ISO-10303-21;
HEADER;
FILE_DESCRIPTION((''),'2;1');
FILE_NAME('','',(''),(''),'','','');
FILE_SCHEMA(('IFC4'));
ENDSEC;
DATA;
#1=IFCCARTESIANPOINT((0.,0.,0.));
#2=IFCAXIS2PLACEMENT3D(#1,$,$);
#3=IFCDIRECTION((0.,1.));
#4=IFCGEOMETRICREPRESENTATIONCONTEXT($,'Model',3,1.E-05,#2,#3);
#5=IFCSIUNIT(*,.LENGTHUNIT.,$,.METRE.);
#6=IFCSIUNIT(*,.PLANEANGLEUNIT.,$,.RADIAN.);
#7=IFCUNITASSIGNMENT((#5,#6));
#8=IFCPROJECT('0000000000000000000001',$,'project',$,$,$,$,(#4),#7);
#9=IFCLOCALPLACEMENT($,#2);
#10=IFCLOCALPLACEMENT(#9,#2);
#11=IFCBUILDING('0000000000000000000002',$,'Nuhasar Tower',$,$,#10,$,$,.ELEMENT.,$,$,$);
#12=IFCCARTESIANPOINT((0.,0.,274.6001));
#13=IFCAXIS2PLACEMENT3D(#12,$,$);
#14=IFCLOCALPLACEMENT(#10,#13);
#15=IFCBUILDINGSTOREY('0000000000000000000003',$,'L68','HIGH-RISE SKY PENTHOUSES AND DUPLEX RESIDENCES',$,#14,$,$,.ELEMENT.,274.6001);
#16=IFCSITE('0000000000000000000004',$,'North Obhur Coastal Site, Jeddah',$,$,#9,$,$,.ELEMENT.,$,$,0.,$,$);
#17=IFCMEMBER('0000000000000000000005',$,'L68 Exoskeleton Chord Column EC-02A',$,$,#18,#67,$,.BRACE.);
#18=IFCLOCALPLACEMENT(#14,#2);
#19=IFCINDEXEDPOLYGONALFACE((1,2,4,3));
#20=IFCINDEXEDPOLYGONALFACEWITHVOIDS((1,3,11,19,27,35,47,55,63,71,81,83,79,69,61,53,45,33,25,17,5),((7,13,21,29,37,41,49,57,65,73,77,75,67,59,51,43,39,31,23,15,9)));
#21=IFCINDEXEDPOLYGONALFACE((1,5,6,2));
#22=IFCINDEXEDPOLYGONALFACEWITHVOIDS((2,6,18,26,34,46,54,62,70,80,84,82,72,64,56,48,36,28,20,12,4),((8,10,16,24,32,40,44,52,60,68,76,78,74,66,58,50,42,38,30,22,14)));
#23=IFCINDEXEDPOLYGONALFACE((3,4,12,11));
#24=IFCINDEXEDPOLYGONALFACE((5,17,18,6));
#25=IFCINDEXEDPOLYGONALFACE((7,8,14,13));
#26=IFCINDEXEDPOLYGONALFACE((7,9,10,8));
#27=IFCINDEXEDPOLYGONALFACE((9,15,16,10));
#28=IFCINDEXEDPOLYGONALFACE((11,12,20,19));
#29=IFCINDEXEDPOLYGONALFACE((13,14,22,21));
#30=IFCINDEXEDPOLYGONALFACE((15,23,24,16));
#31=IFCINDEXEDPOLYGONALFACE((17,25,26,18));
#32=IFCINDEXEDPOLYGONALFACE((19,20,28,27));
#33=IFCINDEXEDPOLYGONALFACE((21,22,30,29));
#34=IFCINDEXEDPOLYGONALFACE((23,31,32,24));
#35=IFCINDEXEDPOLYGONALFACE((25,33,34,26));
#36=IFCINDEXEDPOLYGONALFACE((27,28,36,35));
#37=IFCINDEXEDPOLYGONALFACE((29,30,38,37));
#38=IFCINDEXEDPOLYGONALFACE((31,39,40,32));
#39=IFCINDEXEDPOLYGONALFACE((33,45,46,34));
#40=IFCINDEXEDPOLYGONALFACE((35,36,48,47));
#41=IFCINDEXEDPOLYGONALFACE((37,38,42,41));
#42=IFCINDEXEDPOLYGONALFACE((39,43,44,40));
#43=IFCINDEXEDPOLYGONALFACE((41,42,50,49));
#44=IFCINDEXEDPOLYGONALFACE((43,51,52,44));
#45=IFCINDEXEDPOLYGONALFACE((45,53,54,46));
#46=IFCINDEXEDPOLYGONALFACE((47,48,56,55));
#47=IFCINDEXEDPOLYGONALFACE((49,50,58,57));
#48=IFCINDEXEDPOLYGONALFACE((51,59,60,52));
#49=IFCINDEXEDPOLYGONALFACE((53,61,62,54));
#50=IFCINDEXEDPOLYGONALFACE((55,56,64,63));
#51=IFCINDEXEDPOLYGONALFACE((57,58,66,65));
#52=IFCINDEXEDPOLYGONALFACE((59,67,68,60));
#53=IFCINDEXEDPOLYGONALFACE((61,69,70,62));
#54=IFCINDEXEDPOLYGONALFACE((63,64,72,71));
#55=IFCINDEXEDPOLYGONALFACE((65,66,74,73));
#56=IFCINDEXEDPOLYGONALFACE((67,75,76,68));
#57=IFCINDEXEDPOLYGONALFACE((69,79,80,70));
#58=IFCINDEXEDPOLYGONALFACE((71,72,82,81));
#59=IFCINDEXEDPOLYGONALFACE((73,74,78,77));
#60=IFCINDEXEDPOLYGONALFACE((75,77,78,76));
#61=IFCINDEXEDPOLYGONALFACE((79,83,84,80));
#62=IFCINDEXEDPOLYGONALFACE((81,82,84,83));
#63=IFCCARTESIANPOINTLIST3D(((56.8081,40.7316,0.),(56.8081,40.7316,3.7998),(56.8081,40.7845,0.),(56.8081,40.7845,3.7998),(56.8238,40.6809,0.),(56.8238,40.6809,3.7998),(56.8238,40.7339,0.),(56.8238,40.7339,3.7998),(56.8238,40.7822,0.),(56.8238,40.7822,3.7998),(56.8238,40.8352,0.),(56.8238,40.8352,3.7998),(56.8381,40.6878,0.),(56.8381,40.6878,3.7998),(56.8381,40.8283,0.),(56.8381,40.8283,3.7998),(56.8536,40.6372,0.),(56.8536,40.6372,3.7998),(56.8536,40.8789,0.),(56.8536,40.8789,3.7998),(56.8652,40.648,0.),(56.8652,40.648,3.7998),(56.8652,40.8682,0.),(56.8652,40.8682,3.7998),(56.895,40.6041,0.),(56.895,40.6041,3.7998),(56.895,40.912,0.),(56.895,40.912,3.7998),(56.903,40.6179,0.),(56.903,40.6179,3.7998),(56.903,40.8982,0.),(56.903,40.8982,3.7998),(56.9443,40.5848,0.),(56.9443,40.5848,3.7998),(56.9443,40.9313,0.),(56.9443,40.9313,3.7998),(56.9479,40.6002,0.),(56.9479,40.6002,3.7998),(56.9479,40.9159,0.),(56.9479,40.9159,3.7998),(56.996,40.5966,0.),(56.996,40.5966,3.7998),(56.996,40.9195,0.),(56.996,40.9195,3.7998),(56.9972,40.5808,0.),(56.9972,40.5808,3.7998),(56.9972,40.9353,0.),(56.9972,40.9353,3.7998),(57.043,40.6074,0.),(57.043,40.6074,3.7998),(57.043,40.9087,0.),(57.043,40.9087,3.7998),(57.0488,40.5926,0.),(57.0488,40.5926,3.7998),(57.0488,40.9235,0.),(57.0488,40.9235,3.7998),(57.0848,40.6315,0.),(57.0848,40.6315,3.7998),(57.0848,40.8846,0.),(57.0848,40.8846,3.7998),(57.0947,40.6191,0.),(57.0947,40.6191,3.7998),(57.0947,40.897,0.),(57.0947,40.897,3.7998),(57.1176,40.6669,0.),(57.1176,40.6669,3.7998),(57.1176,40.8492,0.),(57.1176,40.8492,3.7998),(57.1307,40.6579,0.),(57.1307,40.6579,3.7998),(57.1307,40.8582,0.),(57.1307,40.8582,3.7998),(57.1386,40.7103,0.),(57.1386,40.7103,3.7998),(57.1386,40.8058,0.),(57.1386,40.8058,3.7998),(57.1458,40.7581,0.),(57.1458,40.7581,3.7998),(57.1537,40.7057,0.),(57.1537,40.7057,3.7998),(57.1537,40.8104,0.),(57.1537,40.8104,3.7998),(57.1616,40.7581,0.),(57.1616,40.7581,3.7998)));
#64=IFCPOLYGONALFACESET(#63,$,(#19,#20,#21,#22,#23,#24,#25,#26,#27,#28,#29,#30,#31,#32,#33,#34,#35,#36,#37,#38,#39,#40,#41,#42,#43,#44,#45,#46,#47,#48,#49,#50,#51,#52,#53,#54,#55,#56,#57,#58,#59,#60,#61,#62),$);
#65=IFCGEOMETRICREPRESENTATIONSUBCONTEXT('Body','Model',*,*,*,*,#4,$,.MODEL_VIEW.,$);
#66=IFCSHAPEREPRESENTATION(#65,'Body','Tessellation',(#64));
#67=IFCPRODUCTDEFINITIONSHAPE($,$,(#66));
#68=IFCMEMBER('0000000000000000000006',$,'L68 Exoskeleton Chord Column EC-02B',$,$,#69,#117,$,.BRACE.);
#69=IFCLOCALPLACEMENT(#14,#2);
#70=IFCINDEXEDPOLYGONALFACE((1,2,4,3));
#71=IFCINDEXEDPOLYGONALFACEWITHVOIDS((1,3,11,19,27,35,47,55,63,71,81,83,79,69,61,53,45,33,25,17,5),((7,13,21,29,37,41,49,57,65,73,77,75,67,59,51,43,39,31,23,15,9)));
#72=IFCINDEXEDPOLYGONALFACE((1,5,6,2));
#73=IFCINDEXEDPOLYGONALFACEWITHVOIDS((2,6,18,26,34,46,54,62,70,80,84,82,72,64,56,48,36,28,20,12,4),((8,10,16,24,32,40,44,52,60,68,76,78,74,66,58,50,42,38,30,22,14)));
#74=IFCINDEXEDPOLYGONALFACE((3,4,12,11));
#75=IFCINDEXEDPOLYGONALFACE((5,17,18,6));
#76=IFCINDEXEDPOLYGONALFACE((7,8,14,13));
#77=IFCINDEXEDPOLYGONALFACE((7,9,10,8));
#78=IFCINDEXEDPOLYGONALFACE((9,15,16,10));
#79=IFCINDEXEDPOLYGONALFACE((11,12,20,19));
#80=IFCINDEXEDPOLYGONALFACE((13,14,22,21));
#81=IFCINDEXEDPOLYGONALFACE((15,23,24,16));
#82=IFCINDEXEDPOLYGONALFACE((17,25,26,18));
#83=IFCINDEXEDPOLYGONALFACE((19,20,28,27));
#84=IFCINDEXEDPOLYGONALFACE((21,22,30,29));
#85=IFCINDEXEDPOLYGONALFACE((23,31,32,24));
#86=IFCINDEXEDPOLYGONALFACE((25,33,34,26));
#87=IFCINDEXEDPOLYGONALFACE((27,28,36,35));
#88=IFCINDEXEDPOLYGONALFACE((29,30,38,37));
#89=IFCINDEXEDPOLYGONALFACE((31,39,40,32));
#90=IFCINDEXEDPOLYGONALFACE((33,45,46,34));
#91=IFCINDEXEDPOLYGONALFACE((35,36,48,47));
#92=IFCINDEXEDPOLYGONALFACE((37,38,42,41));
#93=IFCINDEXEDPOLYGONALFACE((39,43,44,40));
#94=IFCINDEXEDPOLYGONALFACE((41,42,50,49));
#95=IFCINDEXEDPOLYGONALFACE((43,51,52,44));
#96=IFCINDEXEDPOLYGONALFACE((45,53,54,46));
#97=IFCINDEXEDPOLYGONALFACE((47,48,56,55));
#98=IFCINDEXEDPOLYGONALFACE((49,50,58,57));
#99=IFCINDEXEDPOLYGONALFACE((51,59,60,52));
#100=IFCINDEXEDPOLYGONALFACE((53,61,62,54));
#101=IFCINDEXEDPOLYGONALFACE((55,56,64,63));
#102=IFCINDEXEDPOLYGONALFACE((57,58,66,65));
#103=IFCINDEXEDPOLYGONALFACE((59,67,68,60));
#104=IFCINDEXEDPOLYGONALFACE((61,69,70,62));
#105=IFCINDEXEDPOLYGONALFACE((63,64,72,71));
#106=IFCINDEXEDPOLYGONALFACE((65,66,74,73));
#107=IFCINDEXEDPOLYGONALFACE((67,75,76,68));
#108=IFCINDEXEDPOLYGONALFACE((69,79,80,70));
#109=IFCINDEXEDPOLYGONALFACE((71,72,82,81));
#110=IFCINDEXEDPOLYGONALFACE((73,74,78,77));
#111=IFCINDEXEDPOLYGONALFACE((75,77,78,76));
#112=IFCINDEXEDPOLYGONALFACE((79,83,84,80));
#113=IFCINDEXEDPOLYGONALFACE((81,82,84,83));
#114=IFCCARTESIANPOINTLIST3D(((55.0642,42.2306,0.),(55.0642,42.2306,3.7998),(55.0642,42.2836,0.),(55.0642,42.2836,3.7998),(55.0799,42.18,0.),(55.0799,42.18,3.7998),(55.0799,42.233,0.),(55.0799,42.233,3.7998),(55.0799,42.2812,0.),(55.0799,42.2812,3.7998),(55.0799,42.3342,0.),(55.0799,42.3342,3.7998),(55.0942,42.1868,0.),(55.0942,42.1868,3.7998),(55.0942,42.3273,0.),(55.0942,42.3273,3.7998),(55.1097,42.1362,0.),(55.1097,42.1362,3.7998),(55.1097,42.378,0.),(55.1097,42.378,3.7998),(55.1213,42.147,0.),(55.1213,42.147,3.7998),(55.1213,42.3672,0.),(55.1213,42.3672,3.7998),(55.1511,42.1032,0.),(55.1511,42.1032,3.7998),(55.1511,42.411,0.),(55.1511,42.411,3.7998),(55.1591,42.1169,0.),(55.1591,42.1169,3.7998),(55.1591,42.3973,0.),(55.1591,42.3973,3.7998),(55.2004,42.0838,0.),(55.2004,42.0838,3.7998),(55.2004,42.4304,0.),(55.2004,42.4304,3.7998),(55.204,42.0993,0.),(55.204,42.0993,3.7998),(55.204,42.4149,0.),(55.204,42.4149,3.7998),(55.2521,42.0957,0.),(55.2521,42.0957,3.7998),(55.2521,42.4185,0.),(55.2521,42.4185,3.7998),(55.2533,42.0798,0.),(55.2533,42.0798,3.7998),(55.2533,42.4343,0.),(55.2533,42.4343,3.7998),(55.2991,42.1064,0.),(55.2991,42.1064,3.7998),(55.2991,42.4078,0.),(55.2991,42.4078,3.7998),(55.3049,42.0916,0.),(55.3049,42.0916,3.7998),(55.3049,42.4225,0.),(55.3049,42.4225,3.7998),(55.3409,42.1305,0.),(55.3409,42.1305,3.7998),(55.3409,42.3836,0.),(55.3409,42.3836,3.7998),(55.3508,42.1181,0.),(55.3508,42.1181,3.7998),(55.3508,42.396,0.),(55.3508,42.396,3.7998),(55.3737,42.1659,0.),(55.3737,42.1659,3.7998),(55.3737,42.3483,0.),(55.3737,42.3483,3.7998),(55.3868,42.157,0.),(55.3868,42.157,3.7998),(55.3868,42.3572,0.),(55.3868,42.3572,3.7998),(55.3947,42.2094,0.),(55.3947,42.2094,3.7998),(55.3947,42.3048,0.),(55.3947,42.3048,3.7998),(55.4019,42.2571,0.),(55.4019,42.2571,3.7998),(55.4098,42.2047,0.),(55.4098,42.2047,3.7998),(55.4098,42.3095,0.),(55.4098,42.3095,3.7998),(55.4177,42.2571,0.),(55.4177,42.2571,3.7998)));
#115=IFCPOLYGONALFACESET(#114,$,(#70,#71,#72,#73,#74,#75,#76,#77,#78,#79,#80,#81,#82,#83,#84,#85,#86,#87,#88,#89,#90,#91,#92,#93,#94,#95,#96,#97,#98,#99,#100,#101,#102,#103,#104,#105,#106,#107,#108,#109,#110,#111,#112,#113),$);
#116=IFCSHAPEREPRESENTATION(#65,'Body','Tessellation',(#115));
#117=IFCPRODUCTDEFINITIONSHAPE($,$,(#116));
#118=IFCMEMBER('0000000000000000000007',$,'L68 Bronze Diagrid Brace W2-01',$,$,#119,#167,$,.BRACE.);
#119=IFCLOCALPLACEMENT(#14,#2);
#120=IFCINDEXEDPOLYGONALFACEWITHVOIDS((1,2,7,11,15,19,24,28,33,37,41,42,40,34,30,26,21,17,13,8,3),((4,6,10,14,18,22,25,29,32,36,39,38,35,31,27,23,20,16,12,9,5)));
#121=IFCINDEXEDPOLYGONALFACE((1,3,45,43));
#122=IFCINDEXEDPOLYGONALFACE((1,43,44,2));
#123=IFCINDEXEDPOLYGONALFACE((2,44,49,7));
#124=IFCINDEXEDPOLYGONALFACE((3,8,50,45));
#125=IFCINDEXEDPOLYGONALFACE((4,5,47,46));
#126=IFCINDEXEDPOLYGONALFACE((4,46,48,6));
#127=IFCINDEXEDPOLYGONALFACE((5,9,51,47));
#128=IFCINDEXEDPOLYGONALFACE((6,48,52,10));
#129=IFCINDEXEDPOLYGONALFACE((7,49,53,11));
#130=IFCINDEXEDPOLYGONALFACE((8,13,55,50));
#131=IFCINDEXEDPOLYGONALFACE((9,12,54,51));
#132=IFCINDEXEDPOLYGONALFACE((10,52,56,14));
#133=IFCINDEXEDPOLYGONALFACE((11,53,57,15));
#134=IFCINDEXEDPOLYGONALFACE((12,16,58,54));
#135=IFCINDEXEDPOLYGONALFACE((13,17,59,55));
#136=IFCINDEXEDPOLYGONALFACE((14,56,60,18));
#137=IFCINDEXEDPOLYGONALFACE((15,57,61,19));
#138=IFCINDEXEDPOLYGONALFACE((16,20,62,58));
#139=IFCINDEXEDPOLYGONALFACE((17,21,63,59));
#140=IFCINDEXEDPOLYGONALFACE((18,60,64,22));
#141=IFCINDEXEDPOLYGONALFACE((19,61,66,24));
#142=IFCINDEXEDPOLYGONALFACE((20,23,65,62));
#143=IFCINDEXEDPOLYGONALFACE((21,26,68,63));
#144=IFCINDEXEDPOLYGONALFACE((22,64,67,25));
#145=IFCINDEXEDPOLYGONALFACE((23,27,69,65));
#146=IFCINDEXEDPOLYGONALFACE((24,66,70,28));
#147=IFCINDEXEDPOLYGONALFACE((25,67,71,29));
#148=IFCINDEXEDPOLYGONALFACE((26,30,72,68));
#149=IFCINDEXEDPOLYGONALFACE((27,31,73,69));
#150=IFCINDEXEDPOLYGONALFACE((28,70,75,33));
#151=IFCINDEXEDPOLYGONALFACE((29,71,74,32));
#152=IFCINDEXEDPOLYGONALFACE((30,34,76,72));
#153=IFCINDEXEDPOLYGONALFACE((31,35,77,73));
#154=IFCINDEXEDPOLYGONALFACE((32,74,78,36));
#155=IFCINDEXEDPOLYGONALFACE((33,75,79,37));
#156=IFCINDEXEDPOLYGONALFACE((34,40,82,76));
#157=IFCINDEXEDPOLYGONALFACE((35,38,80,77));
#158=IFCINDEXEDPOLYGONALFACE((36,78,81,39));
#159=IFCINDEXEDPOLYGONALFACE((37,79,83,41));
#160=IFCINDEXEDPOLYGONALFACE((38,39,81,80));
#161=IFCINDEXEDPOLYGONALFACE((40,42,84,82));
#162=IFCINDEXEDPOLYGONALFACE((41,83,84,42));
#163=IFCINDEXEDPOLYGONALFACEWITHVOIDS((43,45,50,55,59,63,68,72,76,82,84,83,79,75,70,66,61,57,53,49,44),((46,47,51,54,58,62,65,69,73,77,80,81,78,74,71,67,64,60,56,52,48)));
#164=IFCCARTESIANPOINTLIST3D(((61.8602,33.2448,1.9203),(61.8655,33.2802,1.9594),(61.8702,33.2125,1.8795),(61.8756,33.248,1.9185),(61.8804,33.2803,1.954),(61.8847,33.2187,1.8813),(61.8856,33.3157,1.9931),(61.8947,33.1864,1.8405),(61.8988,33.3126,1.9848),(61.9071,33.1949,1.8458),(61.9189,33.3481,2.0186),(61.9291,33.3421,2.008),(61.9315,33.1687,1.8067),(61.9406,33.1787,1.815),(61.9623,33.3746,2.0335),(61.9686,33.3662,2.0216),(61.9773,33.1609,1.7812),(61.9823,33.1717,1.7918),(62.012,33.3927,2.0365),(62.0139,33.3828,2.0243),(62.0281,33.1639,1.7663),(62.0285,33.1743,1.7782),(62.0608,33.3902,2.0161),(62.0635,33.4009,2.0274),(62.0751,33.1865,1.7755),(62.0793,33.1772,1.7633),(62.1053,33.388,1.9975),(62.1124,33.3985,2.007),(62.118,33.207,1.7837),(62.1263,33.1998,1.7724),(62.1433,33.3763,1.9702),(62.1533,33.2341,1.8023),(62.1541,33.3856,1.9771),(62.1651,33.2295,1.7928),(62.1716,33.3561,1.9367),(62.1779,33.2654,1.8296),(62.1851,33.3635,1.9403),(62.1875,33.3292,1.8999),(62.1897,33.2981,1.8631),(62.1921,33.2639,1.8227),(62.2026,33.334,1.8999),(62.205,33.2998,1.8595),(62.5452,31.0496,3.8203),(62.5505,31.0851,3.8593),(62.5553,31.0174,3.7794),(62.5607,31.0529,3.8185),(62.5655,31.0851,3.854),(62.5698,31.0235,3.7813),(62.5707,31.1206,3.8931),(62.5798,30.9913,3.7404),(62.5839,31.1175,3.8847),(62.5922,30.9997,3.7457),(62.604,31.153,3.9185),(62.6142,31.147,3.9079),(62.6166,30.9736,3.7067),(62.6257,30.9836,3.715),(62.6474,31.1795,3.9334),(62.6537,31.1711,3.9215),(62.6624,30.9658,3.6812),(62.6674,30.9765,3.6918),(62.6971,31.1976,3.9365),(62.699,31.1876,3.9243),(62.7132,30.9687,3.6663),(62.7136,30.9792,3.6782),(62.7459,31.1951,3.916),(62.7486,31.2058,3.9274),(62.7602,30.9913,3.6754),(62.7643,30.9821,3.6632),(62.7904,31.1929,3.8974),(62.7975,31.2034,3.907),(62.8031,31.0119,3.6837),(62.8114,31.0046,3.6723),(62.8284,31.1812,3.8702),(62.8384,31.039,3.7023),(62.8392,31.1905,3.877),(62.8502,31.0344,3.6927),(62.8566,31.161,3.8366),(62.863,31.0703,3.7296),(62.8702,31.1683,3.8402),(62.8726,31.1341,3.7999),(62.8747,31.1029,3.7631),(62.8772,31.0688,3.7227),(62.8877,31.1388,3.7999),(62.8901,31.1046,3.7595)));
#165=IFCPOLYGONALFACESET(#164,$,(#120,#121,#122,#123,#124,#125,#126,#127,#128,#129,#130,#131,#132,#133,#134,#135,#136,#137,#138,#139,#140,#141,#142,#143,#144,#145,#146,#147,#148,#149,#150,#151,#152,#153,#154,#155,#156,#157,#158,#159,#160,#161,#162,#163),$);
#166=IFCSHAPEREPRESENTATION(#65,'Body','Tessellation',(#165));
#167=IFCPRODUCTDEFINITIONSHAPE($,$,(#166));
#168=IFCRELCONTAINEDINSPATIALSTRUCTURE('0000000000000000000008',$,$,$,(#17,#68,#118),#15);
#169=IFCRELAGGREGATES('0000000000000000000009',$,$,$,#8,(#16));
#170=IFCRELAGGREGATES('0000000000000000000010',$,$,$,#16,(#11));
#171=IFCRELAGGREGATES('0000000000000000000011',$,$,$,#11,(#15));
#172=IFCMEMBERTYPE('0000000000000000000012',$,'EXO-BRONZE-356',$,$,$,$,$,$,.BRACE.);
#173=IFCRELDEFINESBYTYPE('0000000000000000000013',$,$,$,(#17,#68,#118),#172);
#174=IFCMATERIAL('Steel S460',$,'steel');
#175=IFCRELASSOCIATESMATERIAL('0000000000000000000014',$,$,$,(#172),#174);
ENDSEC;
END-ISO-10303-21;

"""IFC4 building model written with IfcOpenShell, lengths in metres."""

from ifc_helpers import new_model, si_unit, direction, frame, origin, origin_2d, place, context, subcontext, project, spatial, hollow_circle, extrude, material, material_profile, profile_set, type_object, element, save


model = new_model("IFC4")

# Units and contexts
model_context = context("Model", 3, precision=1e-05, world=origin(), true_north=direction((0.0, 1.0)))
body_context = subcontext(model_context, "Body", "Model", "MODEL_VIEW")
ifc_project = project(units=[si_unit("LENGTHUNIT", "METRE"), si_unit("PLANEANGLEUNIT", "RADIAN")], contexts=[model_context])

# Site, building, storey
site_placement = place(None, origin())
site = spatial("IfcSite", under=ifc_project, at=site_placement, Name="North Obhur Coastal Site, Jeddah", CompositionType="ELEMENT", RefElevation=0.0)
building_placement = place(site_placement, origin())
building = spatial("IfcBuilding", under=site, at=building_placement, Name="Nuhasar Tower", CompositionType="ELEMENT")
storey_placement = place(building_placement, frame((0.0, 0.0, 274.6001)))
storey = spatial("IfcBuildingStorey", under=building, at=storey_placement, Name="L68", Description="HIGH-RISE SKY PENTHOUSES AND DUPLEX RESIDENCES", CompositionType="ELEMENT", Elevation=274.6001)

# Members
ifc_material_1 = material(Name="Steel S460", Category="steel")
ifc_material_profile_1 = material_profile(ifc_material_1, hollow_circle(Radius=0.1777, WallThickness=0.0159, at=origin_2d()), Name="HSS355.6X15.9")
ifc_profile_set_1 = profile_set([ifc_material_profile_1], Name="Steel S460")
member_type_1 = type_object("IfcMemberType", Name="EXO-BRONZE-356", PredefinedType="BRACE", material=ifc_profile_set_1)
for number, where, z_axis, x_axis, name in (
    (1, (56.9839, 40.7581, 0.0), (0.0, 0.0, 1.0), (1.0, 0.0, 0.0), "L68 Exoskeleton Chord Column EC-02A"),
    (2, (55.24, 42.2571, 0.0), (0.0, 0.0, 1.0), (1.0, 0.0, 0.0), "L68 Exoskeleton Chord Column EC-02B"),
):
    element("IfcMember", number, at=place(storey_placement, frame(where, z_axis=z_axis, x_axis=x_axis)), inside=storey, type_object=member_type_1, Name=name, PredefinedType="BRACE", context=body_context, shape_type="SweptSolid", body=[
        extrude(hollow_circle(Radius=0.1777, WallThickness=0.0159, at=origin_2d()), origin(), (0.0, 0.0, 1.0), 3.7998),
    ])
for number, where, z_axis, x_axis, name in (
    (3, (62.033, 33.281, 1.8999), (0.229668, -0.735902, 0.636947), (0.954591, 0.297918, 0.0), "L68 Bronze Diagrid Brace W2-01"),
):
    element("IfcMember", number, at=place(storey_placement, frame(where, z_axis=z_axis, x_axis=x_axis)), inside=storey, type_object=member_type_1, Name=name, PredefinedType="BRACE", context=body_context, shape_type="SweptSolid", body=[
        extrude(hollow_circle(Radius=0.1777, WallThickness=0.0159, at=origin_2d()), origin(), (0.0, 0.0, 1.0), 2.9829),
    ])

save(model, "model.ifc")
